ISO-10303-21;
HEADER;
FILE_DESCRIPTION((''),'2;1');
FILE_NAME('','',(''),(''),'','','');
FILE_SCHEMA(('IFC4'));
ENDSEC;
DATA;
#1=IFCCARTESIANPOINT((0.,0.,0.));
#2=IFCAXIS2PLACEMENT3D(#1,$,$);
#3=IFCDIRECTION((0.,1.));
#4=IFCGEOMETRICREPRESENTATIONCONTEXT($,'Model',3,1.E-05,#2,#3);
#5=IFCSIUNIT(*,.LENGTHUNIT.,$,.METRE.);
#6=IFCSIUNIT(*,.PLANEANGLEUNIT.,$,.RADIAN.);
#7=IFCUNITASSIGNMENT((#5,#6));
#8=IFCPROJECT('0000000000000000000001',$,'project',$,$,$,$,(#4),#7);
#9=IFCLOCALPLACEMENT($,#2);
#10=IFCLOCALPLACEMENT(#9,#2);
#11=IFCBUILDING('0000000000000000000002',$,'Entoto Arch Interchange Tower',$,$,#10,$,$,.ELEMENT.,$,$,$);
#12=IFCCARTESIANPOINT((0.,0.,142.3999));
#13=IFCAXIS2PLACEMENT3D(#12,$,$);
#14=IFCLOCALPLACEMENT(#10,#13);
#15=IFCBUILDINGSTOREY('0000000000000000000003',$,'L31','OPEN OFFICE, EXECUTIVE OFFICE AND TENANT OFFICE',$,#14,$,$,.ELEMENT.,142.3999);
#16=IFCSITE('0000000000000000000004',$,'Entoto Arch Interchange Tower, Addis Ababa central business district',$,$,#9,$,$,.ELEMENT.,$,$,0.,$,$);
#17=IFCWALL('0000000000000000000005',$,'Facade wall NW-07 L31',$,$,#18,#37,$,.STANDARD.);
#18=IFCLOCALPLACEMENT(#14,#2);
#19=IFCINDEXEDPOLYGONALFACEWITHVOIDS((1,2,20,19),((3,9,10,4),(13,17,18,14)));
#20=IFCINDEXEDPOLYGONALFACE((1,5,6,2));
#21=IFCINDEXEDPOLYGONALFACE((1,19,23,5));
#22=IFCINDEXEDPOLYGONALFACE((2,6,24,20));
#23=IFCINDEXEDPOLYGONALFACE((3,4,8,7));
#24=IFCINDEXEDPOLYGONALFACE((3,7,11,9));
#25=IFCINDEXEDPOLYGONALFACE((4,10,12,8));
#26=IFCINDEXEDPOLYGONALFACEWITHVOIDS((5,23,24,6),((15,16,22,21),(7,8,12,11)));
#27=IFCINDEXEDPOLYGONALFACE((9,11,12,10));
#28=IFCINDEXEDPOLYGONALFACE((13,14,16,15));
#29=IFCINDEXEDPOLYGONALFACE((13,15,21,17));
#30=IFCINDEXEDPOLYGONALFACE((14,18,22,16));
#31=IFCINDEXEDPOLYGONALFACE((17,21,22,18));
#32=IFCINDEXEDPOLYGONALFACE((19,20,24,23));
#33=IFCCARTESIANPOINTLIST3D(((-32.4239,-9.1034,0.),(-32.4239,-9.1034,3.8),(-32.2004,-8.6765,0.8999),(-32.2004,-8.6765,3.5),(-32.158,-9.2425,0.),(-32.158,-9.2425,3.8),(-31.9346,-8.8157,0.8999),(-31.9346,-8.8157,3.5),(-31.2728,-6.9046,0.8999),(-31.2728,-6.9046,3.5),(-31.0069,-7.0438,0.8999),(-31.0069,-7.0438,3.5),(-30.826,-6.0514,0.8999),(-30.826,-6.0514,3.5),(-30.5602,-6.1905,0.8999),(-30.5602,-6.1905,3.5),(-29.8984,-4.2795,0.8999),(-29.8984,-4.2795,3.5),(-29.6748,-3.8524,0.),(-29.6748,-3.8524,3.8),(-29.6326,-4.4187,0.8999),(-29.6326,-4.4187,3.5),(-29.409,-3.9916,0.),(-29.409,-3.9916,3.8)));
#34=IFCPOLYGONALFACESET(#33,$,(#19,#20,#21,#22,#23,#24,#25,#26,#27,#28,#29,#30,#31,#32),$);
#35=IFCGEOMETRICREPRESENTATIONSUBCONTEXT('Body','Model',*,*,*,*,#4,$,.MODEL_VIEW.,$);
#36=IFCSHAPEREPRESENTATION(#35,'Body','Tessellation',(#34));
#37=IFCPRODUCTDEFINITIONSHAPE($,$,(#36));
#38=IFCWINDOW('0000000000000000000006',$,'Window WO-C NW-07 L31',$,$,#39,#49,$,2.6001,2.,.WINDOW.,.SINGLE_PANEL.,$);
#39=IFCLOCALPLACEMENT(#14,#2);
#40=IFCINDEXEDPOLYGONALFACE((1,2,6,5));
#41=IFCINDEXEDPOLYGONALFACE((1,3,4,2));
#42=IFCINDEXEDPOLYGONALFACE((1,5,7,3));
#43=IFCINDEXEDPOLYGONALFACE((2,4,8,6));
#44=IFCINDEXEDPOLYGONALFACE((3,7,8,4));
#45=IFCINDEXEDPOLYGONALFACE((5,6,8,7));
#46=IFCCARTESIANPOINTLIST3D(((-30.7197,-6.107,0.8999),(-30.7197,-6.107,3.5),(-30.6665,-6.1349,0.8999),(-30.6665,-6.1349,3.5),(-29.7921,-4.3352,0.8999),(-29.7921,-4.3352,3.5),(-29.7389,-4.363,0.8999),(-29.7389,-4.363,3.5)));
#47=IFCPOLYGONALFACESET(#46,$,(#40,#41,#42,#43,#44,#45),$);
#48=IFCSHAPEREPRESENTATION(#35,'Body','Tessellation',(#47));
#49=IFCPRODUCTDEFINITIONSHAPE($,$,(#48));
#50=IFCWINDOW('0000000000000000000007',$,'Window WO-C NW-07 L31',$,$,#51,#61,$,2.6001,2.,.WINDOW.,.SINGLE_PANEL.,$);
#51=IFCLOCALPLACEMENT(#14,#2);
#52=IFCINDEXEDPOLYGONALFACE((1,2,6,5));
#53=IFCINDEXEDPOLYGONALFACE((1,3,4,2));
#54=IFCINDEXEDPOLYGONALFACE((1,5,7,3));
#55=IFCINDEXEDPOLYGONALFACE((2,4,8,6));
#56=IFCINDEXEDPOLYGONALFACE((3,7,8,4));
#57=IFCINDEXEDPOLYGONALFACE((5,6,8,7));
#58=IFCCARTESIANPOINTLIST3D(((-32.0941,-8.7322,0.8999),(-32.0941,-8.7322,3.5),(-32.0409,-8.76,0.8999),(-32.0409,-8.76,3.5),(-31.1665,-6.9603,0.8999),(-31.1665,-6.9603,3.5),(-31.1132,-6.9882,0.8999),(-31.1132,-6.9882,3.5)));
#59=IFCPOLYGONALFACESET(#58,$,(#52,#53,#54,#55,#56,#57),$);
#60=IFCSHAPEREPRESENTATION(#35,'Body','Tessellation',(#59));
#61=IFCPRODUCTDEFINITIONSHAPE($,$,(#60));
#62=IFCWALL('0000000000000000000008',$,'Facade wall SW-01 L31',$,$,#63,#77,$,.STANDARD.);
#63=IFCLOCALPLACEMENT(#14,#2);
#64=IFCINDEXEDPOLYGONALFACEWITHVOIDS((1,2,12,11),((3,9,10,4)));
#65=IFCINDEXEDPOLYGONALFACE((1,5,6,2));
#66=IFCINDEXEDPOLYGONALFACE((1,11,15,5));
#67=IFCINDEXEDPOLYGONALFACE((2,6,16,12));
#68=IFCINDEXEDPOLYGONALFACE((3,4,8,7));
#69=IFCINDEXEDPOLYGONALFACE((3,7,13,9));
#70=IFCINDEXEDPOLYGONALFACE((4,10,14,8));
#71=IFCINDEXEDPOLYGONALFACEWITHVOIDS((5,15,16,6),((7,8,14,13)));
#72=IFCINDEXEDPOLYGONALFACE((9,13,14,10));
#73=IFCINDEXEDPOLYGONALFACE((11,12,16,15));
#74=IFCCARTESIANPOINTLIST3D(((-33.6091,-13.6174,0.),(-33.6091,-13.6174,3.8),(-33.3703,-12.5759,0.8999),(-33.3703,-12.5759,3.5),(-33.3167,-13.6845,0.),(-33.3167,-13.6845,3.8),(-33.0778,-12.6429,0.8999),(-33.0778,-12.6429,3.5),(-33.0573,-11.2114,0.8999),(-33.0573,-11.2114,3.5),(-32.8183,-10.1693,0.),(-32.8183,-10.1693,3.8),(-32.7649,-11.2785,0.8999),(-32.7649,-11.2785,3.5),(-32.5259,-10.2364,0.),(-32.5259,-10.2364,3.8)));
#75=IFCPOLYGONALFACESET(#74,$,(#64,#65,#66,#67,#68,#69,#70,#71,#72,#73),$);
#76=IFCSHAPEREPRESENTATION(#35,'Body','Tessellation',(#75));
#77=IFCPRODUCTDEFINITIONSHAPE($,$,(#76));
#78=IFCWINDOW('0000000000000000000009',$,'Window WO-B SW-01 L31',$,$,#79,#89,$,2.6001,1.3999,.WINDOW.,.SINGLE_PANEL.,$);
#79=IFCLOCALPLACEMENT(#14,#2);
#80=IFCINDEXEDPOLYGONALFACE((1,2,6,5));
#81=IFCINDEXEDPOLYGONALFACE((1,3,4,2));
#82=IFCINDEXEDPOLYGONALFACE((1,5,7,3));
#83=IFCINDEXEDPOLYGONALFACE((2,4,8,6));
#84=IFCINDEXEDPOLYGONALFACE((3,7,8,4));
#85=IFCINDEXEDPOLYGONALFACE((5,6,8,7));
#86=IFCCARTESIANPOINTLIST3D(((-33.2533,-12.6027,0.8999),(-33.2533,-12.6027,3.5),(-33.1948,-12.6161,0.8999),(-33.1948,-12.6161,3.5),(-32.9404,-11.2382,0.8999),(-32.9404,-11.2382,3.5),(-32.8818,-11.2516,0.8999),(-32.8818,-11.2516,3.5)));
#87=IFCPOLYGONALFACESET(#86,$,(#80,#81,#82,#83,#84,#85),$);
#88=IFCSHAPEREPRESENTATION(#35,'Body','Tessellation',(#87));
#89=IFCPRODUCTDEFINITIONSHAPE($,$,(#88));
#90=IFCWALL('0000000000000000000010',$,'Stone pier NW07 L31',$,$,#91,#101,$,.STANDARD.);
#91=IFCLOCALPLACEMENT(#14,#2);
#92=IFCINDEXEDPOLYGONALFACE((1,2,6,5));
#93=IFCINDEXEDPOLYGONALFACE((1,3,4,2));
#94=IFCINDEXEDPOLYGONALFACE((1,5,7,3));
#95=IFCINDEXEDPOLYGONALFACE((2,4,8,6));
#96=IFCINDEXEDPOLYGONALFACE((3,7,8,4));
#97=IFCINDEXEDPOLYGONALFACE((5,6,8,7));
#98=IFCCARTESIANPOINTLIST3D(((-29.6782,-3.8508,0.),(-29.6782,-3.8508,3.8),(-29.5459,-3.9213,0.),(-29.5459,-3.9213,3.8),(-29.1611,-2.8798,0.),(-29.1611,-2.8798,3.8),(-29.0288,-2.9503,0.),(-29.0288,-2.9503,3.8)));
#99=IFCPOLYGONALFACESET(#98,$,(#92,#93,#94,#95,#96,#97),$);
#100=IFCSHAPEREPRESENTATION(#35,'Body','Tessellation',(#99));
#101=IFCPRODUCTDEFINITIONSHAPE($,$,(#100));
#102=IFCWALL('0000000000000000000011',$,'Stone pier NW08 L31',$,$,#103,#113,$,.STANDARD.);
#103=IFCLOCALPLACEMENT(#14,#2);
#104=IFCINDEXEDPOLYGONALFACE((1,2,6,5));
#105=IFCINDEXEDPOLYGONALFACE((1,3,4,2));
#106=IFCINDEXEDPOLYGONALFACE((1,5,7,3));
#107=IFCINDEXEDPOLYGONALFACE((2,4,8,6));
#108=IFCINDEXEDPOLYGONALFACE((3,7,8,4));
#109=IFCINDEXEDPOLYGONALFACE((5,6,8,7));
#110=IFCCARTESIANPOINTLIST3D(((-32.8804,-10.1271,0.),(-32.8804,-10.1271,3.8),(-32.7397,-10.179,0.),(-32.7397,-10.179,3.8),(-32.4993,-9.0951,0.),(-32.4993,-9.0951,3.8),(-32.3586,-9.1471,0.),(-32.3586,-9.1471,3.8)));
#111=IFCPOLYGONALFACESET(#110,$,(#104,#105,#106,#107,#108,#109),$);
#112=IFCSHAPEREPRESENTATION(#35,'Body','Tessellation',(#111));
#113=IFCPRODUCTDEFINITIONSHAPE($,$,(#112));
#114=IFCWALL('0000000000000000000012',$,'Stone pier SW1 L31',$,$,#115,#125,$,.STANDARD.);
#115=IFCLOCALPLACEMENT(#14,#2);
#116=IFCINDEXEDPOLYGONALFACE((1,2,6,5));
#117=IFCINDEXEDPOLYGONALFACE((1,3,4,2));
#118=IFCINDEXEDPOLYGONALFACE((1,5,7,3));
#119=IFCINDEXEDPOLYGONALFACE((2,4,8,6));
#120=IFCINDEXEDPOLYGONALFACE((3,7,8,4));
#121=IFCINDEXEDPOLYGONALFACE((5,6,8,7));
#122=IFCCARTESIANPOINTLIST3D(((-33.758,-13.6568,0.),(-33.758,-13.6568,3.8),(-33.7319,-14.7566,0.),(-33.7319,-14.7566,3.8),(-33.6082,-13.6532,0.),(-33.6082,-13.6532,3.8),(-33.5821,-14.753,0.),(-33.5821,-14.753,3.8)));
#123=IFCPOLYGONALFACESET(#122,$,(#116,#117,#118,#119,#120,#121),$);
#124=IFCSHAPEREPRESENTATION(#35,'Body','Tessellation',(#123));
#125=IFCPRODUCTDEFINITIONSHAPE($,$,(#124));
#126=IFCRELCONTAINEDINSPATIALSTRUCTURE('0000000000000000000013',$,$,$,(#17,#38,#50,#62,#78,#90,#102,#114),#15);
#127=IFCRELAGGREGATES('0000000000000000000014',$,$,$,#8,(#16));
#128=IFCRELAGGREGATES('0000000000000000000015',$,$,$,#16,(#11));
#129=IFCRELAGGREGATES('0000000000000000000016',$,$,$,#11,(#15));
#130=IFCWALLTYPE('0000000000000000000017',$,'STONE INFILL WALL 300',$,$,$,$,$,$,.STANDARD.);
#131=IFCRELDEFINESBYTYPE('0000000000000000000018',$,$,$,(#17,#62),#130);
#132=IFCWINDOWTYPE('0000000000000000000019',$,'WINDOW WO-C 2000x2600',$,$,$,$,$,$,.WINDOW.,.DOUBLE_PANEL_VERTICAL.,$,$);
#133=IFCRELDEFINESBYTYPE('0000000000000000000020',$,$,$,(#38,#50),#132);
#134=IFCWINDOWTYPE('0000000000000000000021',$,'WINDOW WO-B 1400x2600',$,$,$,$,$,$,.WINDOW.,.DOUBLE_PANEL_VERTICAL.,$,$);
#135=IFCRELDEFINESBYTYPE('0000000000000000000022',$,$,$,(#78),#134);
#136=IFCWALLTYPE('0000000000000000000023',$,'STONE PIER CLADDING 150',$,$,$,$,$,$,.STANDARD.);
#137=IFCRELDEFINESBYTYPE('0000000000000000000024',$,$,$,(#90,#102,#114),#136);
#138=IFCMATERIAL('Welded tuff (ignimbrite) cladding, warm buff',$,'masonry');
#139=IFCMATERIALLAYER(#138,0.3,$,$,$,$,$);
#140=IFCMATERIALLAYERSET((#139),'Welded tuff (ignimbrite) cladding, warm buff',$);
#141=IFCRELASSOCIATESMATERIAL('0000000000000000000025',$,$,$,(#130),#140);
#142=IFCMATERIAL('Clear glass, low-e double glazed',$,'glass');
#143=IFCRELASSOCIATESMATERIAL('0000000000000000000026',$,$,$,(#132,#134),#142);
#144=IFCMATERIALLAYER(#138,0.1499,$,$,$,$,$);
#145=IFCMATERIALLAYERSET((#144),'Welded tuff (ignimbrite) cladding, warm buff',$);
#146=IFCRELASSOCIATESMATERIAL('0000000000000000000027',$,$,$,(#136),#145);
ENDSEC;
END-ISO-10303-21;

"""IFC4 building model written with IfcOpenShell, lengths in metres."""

from ifc_helpers import new_model, si_unit, direction, frame, frame_2d, origin, place, context, subcontext, project, spatial, rectangle, extrude, material, layer, layer_set, type_object, element, fill, save


model = new_model("IFC4")

# Units and contexts
model_context = context("Model", 3, precision=1e-05, world=origin(), true_north=direction((0.0, 1.0)))
body_context = subcontext(model_context, "Body", "Model", "MODEL_VIEW")
ifc_project = project(units=[si_unit("LENGTHUNIT", "METRE"), si_unit("PLANEANGLEUNIT", "RADIAN")], contexts=[model_context])

# Site, building, storey
site_placement = place(None, origin())
site = spatial("IfcSite", under=ifc_project, at=site_placement, Name="Entoto Arch Interchange Tower, Addis Ababa central business district", CompositionType="ELEMENT", RefElevation=0.0)
building_placement = place(site_placement, origin())
building = spatial("IfcBuilding", under=site, at=building_placement, Name="Entoto Arch Interchange Tower", CompositionType="ELEMENT")
storey_placement = place(building_placement, frame((0.0, 0.0, 142.3999)))
storey = spatial("IfcBuildingStorey", under=building, at=storey_placement, Name="L31", Description="OPEN OFFICE, EXECUTIVE OFFICE AND TENANT OFFICE", CompositionType="ELEMENT", Elevation=142.3999)

# Wall, openings, windows
ifc_material_1 = material(Name="Welded tuff (ignimbrite) cladding, warm buff", Category="masonry")
ifc_layer_1 = layer(ifc_material_1, 0.3)
ifc_layer_set_1 = layer_set([ifc_layer_1], Name="Welded tuff (ignimbrite) cladding, warm buff")
wall_type_1 = type_object("IfcWallType", Name="STONE INFILL WALL 300", PredefinedType="STANDARD", material=ifc_layer_set_1)
wall_1_placement = place(storey_placement, frame((-29.542, -3.9221, 0.0), z_axis=(0.0, 0.0, 1.0), x_axis=(-0.46381, -0.885935, 0.0)))
wall_1 = element("IfcWall", 1, at=wall_1_placement, inside=storey, type_object=wall_type_1, Name="Facade wall NW-07 L31", PredefinedType="STANDARD", context=body_context, shape_type="SweptSolid", body=[
    extrude(rectangle(XDim=5.927, YDim=0.3, at=frame_2d((2.9634, 0.0))), origin(), (0.0, 0.0, 1.0), 3.8),
])
opening_1_placement = place(wall_1_placement, frame((0.4819, 0.0, 0.8999)))
opening_1 = element("IfcOpeningElement", 2, at=opening_1_placement, cuts=wall_1, PredefinedType="OPENING", context=body_context, shape_type="SweptSolid", body=[
    extrude(rectangle(XDim=2.0, YDim=2.6001, at=frame_2d((1.0, 1.3))), frame((0.0, 0.1602, 0.0), z_axis=(0.0, -1.0, 0.0), x_axis=(1.0, 0.0, 0.0)), (0.0, 0.0, 1.0), 0.3201),
])
opening_2_placement = place(wall_1_placement, frame((3.4451, 0.0, 0.8999)))
opening_2 = element("IfcOpeningElement", 3, at=opening_2_placement, cuts=wall_1, PredefinedType="OPENING", context=body_context, shape_type="SweptSolid", body=[
    extrude(rectangle(XDim=2.0, YDim=2.6001, at=frame_2d((1.0, 1.3))), frame((0.0, 0.1602, 0.0), z_axis=(0.0, -1.0, 0.0), x_axis=(1.0, 0.0, 0.0)), (0.0, 0.0, 1.0), 0.3201),
])
ifc_material_2 = material(Name="Clear glass, low-e double glazed", Category="glass")
window_type_1 = type_object("IfcWindowType", Name="WINDOW WO-C 2000x2600", PartitioningType="DOUBLE_PANEL_VERTICAL", PredefinedType="WINDOW", material=ifc_material_2)
window_1_placement = place(opening_1_placement, origin())
window_1 = element("IfcWindow", 4, at=window_1_placement, inside=storey, type_object=window_type_1, Name="Window WO-C NW-07 L31", OverallHeight=2.6001, OverallWidth=2.0, PartitioningType="SINGLE_PANEL", PredefinedType="WINDOW", context=body_context, shape_type="SweptSolid", body=[
    extrude(rectangle(XDim=2.0, YDim=2.6001, at=frame_2d((1.0, 1.3))), frame((0.0, 0.03, 0.0), z_axis=(0.0, -1.0, 0.0), x_axis=(1.0, 0.0, 0.0)), (0.0, 0.0, 1.0), 0.0601),
])
fill(opening_1, window_1)
window_2_placement = place(opening_2_placement, origin())
window_2 = element("IfcWindow", 5, at=window_2_placement, inside=storey, type_object=window_type_1, Name="Window WO-C NW-07 L31", OverallHeight=2.6001, OverallWidth=2.0, PartitioningType="SINGLE_PANEL", PredefinedType="WINDOW", context=body_context, shape_type="SweptSolid", body=[
    extrude(rectangle(XDim=2.0, YDim=2.6001, at=frame_2d((1.0, 1.3))), frame((0.0, 0.03, 0.0), z_axis=(0.0, -1.0, 0.0), x_axis=(1.0, 0.0, 0.0)), (0.0, 0.0, 1.0), 0.0601),
])
fill(opening_2, window_2)

# Wall, opening, window
wall_2_placement = place(storey_placement, frame((-32.6721, -10.2029, 0.0), z_axis=(0.0, 0.0, 1.0), x_axis=(-0.223539, -0.974695, 0.0)))
wall_2 = element("IfcWall", 6, at=wall_2_placement, inside=storey, type_object=wall_type_1, Name="Facade wall SW-01 L31", PredefinedType="STANDARD", context=body_context, shape_type="SweptSolid", body=[
    extrude(rectangle(XDim=3.5376, YDim=0.3, at=frame_2d((1.7688, 0.0))), origin(), (0.0, 0.0, 1.0), 3.8),
])
opening_3_placement = place(wall_2_placement, frame((1.0691, 0.0, 0.8999)))
opening_3 = element("IfcOpeningElement", 7, at=opening_3_placement, cuts=wall_2, PredefinedType="OPENING", context=body_context, shape_type="SweptSolid", body=[
    extrude(rectangle(XDim=1.3999, YDim=2.6001, at=frame_2d((0.7, 1.3))), frame((0.0, 0.1602, 0.0), z_axis=(0.0, -1.0, 0.0), x_axis=(1.0, 0.0, 0.0)), (0.0, 0.0, 1.0), 0.3201),
])
window_type_2 = type_object("IfcWindowType", Name="WINDOW WO-B 1400x2600", PartitioningType="DOUBLE_PANEL_VERTICAL", PredefinedType="WINDOW", material=ifc_material_2)
window_3_placement = place(opening_3_placement, origin())
window_3 = element("IfcWindow", 8, at=window_3_placement, inside=storey, type_object=window_type_2, Name="Window WO-B SW-01 L31", OverallHeight=2.6001, OverallWidth=1.3999, PartitioningType="SINGLE_PANEL", PredefinedType="WINDOW", context=body_context, shape_type="SweptSolid", body=[
    extrude(rectangle(XDim=1.3999, YDim=2.6001, at=frame_2d((0.7, 1.3))), frame((0.0, 0.03, 0.0), z_axis=(0.0, -1.0, 0.0), x_axis=(1.0, 0.0, 0.0)), (0.0, 0.0, 1.0), 0.0601),
])
fill(opening_3, window_3)

# Walls
ifc_layer_2 = layer(ifc_material_1, 0.1499)
ifc_layer_set_2 = layer_set([ifc_layer_2], Name="Welded tuff (ignimbrite) cladding, warm buff")
wall_type_2 = type_object("IfcWallType", Name="STONE PIER CLADDING 150", PredefinedType="STANDARD", material=ifc_layer_set_2)
for number, where, z_axis, x_axis, name in (
    (9, (-29.095, -2.915, 0.0), (0.0, 0.0, 1.0), (-0.470058, -0.882635, 0.0), "Stone pier NW07 L31"),
    (10, (-32.429, -9.1211, 0.0), (0.0, 0.0, 1.0), (-0.346425, -0.938078, 0.0), "Stone pier NW08 L31"),
    (11, (-33.6831, -13.655, 0.0), (0.0, 0.0, 1.0), (0.023745, -0.999718, 0.0), "Stone pier SW1 L31"),
):
    element("IfcWall", number, at=place(storey_placement, frame(where, z_axis=z_axis, x_axis=x_axis)), inside=storey, type_object=wall_type_2, Name=name, PredefinedType="STANDARD", context=body_context, shape_type="SweptSolid", body=[
        extrude(rectangle(XDim=1.1001, YDim=0.1499, at=frame_2d((0.55, 0.0))), origin(), (0.0, 0.0, 1.0), 3.8),
    ])

save(model, "model.ifc")
